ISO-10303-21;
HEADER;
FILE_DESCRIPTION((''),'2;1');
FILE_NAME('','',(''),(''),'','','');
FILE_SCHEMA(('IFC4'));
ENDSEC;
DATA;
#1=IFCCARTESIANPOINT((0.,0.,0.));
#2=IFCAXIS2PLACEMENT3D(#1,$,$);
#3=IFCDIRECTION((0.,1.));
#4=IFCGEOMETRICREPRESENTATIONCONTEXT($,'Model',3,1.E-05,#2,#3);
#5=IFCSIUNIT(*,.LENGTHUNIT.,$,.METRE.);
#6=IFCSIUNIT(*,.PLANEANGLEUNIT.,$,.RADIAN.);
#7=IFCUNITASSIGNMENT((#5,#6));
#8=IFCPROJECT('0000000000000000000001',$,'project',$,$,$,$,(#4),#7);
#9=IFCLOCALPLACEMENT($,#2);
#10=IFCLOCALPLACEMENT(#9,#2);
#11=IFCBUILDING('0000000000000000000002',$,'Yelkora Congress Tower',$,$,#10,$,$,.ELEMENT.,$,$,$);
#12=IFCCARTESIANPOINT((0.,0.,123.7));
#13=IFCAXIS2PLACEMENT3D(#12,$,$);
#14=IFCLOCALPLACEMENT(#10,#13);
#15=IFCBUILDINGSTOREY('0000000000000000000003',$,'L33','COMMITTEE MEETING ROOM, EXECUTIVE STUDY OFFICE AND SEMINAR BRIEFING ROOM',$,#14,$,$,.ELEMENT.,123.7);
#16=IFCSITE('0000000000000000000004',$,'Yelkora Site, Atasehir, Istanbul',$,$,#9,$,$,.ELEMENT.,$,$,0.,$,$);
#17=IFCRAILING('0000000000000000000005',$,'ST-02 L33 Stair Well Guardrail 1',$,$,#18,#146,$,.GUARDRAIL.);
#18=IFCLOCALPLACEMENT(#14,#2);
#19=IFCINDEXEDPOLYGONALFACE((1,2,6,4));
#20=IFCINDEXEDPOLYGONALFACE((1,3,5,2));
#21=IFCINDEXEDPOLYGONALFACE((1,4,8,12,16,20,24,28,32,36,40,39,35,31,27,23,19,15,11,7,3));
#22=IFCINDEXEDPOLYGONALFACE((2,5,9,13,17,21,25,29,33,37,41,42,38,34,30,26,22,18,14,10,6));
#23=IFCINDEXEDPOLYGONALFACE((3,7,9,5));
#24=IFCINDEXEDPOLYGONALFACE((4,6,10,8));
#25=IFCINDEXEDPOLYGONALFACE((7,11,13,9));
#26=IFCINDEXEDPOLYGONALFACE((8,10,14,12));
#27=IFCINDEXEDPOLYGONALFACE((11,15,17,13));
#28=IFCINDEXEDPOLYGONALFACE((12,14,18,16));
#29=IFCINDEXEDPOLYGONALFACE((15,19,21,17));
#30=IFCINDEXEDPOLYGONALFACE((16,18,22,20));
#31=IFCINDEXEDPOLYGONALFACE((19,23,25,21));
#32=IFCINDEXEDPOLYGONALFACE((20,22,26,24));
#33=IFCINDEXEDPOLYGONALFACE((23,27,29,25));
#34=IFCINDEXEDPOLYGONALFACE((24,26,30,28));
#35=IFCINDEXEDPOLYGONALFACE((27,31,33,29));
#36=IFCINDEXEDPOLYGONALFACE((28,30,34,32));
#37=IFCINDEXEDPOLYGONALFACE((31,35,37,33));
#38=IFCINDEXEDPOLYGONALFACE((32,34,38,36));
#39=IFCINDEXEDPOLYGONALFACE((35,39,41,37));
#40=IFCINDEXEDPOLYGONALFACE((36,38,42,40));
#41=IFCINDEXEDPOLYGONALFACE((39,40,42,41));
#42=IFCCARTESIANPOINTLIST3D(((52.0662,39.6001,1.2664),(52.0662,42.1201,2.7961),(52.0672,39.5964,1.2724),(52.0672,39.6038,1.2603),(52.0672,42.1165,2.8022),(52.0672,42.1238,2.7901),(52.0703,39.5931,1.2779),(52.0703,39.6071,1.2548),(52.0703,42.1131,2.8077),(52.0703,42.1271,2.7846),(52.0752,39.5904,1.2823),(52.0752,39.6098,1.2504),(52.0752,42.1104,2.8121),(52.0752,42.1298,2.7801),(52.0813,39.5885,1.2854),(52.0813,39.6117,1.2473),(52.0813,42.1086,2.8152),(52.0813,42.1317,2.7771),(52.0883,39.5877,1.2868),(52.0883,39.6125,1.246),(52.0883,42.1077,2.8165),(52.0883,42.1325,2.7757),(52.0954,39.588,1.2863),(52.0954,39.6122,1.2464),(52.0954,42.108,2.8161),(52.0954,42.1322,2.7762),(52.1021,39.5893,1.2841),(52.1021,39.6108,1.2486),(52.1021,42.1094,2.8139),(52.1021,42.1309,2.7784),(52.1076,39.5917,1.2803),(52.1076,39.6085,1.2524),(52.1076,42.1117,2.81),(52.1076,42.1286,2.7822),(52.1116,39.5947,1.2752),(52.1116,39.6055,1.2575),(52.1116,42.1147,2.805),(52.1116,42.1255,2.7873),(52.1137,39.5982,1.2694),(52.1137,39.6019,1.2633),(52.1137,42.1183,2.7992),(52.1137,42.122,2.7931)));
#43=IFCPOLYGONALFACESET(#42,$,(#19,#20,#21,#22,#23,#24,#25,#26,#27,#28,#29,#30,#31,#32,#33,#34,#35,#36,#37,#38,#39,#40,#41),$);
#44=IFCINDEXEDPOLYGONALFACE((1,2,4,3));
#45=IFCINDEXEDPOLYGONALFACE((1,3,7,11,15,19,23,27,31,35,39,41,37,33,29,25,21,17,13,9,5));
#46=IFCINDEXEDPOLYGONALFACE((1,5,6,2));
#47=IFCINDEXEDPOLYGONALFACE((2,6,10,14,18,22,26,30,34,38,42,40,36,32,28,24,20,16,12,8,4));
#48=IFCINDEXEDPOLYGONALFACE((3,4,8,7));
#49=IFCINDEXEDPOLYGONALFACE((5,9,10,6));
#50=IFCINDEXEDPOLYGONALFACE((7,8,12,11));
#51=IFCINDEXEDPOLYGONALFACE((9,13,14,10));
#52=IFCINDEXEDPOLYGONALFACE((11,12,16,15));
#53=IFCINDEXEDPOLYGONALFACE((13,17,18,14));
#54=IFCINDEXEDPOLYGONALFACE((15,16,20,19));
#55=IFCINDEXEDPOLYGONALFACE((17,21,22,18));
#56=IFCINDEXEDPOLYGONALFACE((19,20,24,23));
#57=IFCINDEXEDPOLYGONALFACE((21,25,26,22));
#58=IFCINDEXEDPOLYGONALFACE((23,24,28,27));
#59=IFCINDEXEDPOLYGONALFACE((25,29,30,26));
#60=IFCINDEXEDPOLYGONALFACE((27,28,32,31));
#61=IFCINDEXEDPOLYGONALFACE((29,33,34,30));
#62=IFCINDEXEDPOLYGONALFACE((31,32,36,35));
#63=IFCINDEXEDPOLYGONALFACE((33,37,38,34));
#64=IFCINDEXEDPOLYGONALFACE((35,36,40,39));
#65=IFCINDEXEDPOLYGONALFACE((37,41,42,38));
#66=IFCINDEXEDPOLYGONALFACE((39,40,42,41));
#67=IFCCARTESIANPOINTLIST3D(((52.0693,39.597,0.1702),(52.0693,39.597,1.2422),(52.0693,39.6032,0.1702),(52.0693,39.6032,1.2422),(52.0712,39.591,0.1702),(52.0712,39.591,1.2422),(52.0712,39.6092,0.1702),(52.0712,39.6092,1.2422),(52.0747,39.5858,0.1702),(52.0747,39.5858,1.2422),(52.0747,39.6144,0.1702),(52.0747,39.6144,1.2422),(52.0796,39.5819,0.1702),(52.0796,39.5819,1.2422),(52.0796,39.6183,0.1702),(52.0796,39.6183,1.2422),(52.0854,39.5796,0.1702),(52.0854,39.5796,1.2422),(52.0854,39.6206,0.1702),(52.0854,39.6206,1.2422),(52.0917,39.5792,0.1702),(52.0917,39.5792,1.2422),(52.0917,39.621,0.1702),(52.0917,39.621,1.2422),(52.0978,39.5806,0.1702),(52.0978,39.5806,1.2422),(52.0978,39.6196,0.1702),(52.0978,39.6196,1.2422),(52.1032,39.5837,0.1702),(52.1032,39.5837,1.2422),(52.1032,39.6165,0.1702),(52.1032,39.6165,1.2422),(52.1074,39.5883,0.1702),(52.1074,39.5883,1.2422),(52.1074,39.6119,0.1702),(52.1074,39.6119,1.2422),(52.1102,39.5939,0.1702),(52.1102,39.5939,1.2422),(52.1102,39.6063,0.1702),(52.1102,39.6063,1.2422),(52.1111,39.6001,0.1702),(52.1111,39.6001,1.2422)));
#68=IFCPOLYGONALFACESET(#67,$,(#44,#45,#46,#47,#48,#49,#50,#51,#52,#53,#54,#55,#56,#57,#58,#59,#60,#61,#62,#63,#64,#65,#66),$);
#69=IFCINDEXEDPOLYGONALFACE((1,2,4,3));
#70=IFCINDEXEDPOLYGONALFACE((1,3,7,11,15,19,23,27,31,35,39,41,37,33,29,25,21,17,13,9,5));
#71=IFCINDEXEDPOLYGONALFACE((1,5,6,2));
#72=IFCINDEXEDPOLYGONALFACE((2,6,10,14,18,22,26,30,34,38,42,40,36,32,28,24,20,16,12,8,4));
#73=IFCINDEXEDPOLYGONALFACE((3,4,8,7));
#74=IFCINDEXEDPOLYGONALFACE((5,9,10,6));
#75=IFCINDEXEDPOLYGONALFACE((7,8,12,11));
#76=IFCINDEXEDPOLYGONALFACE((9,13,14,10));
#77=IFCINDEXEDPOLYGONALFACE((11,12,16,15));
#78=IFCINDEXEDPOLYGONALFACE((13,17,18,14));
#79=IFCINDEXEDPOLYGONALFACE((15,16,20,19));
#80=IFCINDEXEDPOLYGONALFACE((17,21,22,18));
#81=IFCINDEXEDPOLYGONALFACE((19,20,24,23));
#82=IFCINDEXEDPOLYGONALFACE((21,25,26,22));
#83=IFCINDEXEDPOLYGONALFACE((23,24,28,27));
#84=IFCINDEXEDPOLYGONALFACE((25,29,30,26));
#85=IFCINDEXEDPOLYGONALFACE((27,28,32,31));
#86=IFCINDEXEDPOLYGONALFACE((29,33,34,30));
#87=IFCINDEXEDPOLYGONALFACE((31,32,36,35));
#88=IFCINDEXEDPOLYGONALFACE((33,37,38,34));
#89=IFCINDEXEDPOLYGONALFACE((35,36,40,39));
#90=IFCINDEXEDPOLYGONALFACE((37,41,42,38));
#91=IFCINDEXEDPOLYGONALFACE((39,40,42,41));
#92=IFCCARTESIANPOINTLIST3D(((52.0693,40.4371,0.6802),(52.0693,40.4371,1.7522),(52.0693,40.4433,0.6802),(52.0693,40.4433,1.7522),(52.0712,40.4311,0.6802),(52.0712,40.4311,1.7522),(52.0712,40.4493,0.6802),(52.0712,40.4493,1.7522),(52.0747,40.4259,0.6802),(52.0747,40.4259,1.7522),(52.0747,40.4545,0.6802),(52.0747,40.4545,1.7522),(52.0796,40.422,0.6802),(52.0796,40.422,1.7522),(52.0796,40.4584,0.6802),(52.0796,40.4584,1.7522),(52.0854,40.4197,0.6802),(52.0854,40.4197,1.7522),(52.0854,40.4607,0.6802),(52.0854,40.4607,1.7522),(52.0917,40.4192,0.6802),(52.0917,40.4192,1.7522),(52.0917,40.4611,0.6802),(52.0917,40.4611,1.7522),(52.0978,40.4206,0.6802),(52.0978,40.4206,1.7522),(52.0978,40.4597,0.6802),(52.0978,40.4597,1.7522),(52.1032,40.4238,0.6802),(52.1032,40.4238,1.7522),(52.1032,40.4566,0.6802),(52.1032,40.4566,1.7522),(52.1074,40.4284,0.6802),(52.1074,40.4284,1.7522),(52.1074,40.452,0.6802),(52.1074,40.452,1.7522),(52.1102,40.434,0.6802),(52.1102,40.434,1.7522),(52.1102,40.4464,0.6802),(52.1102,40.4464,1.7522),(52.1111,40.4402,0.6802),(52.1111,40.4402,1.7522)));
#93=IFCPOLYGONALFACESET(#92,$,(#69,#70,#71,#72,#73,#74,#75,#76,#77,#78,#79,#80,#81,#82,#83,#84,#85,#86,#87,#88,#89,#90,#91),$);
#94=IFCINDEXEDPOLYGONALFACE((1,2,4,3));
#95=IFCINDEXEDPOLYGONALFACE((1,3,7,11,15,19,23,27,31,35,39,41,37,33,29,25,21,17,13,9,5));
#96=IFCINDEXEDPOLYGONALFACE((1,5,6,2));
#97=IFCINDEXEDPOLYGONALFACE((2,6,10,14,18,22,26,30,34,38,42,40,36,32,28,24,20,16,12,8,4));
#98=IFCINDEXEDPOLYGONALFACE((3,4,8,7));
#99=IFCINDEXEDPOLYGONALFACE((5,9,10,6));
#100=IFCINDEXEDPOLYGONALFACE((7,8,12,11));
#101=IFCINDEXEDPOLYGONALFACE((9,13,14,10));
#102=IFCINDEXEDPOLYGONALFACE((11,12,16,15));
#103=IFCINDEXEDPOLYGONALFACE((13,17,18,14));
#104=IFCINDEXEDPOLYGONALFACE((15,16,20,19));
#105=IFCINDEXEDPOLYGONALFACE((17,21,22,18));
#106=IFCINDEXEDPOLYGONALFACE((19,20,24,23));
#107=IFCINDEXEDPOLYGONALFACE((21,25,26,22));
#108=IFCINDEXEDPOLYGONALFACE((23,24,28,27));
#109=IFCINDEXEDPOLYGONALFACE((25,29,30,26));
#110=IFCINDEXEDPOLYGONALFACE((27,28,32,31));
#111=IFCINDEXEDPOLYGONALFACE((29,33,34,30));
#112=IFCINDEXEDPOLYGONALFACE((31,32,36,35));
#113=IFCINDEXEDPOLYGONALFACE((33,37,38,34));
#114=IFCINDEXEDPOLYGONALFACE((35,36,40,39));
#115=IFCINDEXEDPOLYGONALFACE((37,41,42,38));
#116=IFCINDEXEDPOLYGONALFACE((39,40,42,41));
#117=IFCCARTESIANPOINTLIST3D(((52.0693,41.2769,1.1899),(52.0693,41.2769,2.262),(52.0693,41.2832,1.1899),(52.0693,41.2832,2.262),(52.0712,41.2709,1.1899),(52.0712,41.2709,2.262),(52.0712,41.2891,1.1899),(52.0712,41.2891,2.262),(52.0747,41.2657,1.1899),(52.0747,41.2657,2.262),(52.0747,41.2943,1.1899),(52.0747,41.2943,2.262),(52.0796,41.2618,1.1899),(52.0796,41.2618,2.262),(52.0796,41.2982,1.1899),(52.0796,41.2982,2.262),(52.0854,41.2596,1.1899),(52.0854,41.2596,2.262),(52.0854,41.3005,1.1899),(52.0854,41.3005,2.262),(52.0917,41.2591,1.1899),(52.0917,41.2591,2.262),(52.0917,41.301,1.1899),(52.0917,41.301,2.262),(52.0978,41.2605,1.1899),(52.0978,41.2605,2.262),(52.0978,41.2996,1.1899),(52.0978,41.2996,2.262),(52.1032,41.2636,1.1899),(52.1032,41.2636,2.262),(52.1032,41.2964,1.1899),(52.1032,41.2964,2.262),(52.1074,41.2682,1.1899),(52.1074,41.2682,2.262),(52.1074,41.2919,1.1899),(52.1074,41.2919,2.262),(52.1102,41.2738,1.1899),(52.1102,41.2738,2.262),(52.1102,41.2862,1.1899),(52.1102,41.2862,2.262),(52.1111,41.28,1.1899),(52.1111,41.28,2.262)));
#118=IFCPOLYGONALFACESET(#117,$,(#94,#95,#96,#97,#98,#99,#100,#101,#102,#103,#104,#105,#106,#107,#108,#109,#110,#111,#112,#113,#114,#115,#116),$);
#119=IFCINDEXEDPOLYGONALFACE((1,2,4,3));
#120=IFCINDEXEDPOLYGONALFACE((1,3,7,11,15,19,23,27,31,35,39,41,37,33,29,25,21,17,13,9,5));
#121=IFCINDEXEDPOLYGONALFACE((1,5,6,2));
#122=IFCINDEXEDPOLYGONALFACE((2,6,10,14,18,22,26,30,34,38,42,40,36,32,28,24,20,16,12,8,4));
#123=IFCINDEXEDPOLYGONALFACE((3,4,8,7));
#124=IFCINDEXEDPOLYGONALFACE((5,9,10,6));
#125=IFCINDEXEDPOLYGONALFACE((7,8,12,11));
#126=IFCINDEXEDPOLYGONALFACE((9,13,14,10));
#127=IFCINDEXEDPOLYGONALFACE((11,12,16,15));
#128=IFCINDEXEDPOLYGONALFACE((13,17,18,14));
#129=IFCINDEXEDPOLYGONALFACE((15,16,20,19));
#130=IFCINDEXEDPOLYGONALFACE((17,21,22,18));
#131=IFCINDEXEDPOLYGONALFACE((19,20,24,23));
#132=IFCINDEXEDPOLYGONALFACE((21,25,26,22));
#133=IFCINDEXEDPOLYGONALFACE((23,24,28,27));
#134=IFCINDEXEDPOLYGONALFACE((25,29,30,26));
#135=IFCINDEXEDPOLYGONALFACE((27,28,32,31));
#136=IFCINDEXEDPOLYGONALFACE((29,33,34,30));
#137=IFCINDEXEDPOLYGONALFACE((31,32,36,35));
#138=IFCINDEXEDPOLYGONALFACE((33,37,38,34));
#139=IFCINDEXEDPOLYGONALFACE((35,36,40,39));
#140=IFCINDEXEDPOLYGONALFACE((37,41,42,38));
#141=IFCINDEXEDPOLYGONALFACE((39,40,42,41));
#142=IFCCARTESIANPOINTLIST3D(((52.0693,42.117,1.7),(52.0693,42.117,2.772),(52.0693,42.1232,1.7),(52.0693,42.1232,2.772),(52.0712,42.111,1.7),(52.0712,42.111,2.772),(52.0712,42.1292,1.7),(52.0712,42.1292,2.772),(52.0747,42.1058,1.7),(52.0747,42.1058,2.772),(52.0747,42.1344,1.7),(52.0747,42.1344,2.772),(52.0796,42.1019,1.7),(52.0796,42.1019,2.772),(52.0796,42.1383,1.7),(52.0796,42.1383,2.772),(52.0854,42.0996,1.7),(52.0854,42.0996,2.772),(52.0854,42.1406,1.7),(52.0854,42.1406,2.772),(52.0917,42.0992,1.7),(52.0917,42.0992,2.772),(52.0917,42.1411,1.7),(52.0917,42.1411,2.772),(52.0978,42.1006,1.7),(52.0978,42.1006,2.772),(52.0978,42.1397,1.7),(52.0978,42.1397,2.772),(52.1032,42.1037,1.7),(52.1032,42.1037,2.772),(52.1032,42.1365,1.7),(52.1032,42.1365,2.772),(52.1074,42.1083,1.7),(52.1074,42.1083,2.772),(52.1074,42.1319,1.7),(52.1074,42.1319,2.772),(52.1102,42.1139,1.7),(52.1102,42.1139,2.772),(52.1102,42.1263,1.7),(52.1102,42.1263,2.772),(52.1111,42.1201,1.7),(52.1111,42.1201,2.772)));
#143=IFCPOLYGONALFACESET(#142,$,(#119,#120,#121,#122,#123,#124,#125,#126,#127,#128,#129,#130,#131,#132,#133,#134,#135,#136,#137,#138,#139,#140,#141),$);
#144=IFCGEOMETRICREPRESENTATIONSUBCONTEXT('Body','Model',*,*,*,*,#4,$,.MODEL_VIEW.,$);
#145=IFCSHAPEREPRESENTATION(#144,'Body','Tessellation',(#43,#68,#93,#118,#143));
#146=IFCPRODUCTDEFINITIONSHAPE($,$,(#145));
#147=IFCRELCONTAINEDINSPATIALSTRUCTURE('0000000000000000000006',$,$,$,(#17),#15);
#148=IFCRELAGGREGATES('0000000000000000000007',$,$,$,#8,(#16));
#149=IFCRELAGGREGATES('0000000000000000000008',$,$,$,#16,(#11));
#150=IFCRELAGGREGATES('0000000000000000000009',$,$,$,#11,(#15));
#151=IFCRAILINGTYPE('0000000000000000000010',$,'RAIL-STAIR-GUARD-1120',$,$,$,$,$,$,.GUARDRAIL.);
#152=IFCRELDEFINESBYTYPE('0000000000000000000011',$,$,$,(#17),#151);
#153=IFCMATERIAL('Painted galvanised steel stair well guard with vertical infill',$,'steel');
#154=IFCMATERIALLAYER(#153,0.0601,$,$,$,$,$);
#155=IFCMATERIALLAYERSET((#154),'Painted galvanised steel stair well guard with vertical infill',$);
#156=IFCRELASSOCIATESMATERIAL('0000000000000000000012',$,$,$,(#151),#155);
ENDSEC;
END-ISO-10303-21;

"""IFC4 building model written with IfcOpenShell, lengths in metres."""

from ifc_helpers import new_model, si_unit, direction, frame, origin, origin_2d, place, context, subcontext, project, spatial, circle, extrude, material, layer, layer_set, type_object, element, save


model = new_model("IFC4")

# Units and contexts
model_context = context("Model", 3, precision=1e-05, world=origin(), true_north=direction((0.0, 1.0)))
body_context = subcontext(model_context, "Body", "Model", "MODEL_VIEW")
ifc_project = project(units=[si_unit("LENGTHUNIT", "METRE"), si_unit("PLANEANGLEUNIT", "RADIAN")], contexts=[model_context])

# Site, building, storey
site_placement = place(None, origin())
site = spatial("IfcSite", under=ifc_project, at=site_placement, Name="Yelkora Site, Atasehir, Istanbul", CompositionType="ELEMENT", RefElevation=0.0)
building_placement = place(site_placement, origin())
building = spatial("IfcBuilding", under=site, at=building_placement, Name="Yelkora Congress Tower", CompositionType="ELEMENT")
storey_placement = place(building_placement, frame((0.0, 0.0, 123.7)))
storey = spatial("IfcBuildingStorey", under=building, at=storey_placement, Name="L33", Description="COMMITTEE MEETING ROOM, EXECUTIVE STUDY OFFICE AND SEMINAR BRIEFING ROOM", CompositionType="ELEMENT", Elevation=123.7)

# Railing
ifc_material_1 = material(Name="Painted galvanised steel stair well guard with vertical infill", Category="steel")
ifc_layer_1 = layer(ifc_material_1, 0.0601)
ifc_layer_set_1 = layer_set([ifc_layer_1], Name="Painted galvanised steel stair well guard with vertical infill")
railing_type_1 = type_object("IfcRailingType", Name="RAIL-STAIR-GUARD-1120", PredefinedType="GUARDRAIL", material=ifc_layer_set_1)
railing_1_placement = place(storey_placement, frame((52.0901, 39.6001, 0.1702)))
element("IfcRailing", 1, at=railing_1_placement, inside=storey, type_object=railing_type_1, Name="ST-02 L33 Stair Well Guardrail 1", PredefinedType="GUARDRAIL", context=body_context, shape_type="SweptSolid", body=[
    extrude(circle(Radius=0.0239, at=origin_2d()), frame((0.0, 0.0, 1.0962), z_axis=(0.0, 0.854822, 0.518922), x_axis=(-1.0, 0.0, 0.0)), (0.0, 0.0, 1.0), 2.948),
    extrude(circle(Radius=0.021, at=origin_2d()), origin(), (0.0, 0.0, 1.0), 1.072),
    extrude(circle(Radius=0.021, at=origin_2d()), frame((0.0, 0.8401, 0.51)), (0.0, 0.0, 1.0), 1.072),
    extrude(circle(Radius=0.021, at=origin_2d()), frame((0.0, 1.6799, 1.0198)), (0.0, 0.0, 1.0), 1.072),
    extrude(circle(Radius=0.021, at=origin_2d()), frame((0.0, 2.52, 1.5298)), (0.0, 0.0, 1.0), 1.072),
])

save(model, "model.ifc")
